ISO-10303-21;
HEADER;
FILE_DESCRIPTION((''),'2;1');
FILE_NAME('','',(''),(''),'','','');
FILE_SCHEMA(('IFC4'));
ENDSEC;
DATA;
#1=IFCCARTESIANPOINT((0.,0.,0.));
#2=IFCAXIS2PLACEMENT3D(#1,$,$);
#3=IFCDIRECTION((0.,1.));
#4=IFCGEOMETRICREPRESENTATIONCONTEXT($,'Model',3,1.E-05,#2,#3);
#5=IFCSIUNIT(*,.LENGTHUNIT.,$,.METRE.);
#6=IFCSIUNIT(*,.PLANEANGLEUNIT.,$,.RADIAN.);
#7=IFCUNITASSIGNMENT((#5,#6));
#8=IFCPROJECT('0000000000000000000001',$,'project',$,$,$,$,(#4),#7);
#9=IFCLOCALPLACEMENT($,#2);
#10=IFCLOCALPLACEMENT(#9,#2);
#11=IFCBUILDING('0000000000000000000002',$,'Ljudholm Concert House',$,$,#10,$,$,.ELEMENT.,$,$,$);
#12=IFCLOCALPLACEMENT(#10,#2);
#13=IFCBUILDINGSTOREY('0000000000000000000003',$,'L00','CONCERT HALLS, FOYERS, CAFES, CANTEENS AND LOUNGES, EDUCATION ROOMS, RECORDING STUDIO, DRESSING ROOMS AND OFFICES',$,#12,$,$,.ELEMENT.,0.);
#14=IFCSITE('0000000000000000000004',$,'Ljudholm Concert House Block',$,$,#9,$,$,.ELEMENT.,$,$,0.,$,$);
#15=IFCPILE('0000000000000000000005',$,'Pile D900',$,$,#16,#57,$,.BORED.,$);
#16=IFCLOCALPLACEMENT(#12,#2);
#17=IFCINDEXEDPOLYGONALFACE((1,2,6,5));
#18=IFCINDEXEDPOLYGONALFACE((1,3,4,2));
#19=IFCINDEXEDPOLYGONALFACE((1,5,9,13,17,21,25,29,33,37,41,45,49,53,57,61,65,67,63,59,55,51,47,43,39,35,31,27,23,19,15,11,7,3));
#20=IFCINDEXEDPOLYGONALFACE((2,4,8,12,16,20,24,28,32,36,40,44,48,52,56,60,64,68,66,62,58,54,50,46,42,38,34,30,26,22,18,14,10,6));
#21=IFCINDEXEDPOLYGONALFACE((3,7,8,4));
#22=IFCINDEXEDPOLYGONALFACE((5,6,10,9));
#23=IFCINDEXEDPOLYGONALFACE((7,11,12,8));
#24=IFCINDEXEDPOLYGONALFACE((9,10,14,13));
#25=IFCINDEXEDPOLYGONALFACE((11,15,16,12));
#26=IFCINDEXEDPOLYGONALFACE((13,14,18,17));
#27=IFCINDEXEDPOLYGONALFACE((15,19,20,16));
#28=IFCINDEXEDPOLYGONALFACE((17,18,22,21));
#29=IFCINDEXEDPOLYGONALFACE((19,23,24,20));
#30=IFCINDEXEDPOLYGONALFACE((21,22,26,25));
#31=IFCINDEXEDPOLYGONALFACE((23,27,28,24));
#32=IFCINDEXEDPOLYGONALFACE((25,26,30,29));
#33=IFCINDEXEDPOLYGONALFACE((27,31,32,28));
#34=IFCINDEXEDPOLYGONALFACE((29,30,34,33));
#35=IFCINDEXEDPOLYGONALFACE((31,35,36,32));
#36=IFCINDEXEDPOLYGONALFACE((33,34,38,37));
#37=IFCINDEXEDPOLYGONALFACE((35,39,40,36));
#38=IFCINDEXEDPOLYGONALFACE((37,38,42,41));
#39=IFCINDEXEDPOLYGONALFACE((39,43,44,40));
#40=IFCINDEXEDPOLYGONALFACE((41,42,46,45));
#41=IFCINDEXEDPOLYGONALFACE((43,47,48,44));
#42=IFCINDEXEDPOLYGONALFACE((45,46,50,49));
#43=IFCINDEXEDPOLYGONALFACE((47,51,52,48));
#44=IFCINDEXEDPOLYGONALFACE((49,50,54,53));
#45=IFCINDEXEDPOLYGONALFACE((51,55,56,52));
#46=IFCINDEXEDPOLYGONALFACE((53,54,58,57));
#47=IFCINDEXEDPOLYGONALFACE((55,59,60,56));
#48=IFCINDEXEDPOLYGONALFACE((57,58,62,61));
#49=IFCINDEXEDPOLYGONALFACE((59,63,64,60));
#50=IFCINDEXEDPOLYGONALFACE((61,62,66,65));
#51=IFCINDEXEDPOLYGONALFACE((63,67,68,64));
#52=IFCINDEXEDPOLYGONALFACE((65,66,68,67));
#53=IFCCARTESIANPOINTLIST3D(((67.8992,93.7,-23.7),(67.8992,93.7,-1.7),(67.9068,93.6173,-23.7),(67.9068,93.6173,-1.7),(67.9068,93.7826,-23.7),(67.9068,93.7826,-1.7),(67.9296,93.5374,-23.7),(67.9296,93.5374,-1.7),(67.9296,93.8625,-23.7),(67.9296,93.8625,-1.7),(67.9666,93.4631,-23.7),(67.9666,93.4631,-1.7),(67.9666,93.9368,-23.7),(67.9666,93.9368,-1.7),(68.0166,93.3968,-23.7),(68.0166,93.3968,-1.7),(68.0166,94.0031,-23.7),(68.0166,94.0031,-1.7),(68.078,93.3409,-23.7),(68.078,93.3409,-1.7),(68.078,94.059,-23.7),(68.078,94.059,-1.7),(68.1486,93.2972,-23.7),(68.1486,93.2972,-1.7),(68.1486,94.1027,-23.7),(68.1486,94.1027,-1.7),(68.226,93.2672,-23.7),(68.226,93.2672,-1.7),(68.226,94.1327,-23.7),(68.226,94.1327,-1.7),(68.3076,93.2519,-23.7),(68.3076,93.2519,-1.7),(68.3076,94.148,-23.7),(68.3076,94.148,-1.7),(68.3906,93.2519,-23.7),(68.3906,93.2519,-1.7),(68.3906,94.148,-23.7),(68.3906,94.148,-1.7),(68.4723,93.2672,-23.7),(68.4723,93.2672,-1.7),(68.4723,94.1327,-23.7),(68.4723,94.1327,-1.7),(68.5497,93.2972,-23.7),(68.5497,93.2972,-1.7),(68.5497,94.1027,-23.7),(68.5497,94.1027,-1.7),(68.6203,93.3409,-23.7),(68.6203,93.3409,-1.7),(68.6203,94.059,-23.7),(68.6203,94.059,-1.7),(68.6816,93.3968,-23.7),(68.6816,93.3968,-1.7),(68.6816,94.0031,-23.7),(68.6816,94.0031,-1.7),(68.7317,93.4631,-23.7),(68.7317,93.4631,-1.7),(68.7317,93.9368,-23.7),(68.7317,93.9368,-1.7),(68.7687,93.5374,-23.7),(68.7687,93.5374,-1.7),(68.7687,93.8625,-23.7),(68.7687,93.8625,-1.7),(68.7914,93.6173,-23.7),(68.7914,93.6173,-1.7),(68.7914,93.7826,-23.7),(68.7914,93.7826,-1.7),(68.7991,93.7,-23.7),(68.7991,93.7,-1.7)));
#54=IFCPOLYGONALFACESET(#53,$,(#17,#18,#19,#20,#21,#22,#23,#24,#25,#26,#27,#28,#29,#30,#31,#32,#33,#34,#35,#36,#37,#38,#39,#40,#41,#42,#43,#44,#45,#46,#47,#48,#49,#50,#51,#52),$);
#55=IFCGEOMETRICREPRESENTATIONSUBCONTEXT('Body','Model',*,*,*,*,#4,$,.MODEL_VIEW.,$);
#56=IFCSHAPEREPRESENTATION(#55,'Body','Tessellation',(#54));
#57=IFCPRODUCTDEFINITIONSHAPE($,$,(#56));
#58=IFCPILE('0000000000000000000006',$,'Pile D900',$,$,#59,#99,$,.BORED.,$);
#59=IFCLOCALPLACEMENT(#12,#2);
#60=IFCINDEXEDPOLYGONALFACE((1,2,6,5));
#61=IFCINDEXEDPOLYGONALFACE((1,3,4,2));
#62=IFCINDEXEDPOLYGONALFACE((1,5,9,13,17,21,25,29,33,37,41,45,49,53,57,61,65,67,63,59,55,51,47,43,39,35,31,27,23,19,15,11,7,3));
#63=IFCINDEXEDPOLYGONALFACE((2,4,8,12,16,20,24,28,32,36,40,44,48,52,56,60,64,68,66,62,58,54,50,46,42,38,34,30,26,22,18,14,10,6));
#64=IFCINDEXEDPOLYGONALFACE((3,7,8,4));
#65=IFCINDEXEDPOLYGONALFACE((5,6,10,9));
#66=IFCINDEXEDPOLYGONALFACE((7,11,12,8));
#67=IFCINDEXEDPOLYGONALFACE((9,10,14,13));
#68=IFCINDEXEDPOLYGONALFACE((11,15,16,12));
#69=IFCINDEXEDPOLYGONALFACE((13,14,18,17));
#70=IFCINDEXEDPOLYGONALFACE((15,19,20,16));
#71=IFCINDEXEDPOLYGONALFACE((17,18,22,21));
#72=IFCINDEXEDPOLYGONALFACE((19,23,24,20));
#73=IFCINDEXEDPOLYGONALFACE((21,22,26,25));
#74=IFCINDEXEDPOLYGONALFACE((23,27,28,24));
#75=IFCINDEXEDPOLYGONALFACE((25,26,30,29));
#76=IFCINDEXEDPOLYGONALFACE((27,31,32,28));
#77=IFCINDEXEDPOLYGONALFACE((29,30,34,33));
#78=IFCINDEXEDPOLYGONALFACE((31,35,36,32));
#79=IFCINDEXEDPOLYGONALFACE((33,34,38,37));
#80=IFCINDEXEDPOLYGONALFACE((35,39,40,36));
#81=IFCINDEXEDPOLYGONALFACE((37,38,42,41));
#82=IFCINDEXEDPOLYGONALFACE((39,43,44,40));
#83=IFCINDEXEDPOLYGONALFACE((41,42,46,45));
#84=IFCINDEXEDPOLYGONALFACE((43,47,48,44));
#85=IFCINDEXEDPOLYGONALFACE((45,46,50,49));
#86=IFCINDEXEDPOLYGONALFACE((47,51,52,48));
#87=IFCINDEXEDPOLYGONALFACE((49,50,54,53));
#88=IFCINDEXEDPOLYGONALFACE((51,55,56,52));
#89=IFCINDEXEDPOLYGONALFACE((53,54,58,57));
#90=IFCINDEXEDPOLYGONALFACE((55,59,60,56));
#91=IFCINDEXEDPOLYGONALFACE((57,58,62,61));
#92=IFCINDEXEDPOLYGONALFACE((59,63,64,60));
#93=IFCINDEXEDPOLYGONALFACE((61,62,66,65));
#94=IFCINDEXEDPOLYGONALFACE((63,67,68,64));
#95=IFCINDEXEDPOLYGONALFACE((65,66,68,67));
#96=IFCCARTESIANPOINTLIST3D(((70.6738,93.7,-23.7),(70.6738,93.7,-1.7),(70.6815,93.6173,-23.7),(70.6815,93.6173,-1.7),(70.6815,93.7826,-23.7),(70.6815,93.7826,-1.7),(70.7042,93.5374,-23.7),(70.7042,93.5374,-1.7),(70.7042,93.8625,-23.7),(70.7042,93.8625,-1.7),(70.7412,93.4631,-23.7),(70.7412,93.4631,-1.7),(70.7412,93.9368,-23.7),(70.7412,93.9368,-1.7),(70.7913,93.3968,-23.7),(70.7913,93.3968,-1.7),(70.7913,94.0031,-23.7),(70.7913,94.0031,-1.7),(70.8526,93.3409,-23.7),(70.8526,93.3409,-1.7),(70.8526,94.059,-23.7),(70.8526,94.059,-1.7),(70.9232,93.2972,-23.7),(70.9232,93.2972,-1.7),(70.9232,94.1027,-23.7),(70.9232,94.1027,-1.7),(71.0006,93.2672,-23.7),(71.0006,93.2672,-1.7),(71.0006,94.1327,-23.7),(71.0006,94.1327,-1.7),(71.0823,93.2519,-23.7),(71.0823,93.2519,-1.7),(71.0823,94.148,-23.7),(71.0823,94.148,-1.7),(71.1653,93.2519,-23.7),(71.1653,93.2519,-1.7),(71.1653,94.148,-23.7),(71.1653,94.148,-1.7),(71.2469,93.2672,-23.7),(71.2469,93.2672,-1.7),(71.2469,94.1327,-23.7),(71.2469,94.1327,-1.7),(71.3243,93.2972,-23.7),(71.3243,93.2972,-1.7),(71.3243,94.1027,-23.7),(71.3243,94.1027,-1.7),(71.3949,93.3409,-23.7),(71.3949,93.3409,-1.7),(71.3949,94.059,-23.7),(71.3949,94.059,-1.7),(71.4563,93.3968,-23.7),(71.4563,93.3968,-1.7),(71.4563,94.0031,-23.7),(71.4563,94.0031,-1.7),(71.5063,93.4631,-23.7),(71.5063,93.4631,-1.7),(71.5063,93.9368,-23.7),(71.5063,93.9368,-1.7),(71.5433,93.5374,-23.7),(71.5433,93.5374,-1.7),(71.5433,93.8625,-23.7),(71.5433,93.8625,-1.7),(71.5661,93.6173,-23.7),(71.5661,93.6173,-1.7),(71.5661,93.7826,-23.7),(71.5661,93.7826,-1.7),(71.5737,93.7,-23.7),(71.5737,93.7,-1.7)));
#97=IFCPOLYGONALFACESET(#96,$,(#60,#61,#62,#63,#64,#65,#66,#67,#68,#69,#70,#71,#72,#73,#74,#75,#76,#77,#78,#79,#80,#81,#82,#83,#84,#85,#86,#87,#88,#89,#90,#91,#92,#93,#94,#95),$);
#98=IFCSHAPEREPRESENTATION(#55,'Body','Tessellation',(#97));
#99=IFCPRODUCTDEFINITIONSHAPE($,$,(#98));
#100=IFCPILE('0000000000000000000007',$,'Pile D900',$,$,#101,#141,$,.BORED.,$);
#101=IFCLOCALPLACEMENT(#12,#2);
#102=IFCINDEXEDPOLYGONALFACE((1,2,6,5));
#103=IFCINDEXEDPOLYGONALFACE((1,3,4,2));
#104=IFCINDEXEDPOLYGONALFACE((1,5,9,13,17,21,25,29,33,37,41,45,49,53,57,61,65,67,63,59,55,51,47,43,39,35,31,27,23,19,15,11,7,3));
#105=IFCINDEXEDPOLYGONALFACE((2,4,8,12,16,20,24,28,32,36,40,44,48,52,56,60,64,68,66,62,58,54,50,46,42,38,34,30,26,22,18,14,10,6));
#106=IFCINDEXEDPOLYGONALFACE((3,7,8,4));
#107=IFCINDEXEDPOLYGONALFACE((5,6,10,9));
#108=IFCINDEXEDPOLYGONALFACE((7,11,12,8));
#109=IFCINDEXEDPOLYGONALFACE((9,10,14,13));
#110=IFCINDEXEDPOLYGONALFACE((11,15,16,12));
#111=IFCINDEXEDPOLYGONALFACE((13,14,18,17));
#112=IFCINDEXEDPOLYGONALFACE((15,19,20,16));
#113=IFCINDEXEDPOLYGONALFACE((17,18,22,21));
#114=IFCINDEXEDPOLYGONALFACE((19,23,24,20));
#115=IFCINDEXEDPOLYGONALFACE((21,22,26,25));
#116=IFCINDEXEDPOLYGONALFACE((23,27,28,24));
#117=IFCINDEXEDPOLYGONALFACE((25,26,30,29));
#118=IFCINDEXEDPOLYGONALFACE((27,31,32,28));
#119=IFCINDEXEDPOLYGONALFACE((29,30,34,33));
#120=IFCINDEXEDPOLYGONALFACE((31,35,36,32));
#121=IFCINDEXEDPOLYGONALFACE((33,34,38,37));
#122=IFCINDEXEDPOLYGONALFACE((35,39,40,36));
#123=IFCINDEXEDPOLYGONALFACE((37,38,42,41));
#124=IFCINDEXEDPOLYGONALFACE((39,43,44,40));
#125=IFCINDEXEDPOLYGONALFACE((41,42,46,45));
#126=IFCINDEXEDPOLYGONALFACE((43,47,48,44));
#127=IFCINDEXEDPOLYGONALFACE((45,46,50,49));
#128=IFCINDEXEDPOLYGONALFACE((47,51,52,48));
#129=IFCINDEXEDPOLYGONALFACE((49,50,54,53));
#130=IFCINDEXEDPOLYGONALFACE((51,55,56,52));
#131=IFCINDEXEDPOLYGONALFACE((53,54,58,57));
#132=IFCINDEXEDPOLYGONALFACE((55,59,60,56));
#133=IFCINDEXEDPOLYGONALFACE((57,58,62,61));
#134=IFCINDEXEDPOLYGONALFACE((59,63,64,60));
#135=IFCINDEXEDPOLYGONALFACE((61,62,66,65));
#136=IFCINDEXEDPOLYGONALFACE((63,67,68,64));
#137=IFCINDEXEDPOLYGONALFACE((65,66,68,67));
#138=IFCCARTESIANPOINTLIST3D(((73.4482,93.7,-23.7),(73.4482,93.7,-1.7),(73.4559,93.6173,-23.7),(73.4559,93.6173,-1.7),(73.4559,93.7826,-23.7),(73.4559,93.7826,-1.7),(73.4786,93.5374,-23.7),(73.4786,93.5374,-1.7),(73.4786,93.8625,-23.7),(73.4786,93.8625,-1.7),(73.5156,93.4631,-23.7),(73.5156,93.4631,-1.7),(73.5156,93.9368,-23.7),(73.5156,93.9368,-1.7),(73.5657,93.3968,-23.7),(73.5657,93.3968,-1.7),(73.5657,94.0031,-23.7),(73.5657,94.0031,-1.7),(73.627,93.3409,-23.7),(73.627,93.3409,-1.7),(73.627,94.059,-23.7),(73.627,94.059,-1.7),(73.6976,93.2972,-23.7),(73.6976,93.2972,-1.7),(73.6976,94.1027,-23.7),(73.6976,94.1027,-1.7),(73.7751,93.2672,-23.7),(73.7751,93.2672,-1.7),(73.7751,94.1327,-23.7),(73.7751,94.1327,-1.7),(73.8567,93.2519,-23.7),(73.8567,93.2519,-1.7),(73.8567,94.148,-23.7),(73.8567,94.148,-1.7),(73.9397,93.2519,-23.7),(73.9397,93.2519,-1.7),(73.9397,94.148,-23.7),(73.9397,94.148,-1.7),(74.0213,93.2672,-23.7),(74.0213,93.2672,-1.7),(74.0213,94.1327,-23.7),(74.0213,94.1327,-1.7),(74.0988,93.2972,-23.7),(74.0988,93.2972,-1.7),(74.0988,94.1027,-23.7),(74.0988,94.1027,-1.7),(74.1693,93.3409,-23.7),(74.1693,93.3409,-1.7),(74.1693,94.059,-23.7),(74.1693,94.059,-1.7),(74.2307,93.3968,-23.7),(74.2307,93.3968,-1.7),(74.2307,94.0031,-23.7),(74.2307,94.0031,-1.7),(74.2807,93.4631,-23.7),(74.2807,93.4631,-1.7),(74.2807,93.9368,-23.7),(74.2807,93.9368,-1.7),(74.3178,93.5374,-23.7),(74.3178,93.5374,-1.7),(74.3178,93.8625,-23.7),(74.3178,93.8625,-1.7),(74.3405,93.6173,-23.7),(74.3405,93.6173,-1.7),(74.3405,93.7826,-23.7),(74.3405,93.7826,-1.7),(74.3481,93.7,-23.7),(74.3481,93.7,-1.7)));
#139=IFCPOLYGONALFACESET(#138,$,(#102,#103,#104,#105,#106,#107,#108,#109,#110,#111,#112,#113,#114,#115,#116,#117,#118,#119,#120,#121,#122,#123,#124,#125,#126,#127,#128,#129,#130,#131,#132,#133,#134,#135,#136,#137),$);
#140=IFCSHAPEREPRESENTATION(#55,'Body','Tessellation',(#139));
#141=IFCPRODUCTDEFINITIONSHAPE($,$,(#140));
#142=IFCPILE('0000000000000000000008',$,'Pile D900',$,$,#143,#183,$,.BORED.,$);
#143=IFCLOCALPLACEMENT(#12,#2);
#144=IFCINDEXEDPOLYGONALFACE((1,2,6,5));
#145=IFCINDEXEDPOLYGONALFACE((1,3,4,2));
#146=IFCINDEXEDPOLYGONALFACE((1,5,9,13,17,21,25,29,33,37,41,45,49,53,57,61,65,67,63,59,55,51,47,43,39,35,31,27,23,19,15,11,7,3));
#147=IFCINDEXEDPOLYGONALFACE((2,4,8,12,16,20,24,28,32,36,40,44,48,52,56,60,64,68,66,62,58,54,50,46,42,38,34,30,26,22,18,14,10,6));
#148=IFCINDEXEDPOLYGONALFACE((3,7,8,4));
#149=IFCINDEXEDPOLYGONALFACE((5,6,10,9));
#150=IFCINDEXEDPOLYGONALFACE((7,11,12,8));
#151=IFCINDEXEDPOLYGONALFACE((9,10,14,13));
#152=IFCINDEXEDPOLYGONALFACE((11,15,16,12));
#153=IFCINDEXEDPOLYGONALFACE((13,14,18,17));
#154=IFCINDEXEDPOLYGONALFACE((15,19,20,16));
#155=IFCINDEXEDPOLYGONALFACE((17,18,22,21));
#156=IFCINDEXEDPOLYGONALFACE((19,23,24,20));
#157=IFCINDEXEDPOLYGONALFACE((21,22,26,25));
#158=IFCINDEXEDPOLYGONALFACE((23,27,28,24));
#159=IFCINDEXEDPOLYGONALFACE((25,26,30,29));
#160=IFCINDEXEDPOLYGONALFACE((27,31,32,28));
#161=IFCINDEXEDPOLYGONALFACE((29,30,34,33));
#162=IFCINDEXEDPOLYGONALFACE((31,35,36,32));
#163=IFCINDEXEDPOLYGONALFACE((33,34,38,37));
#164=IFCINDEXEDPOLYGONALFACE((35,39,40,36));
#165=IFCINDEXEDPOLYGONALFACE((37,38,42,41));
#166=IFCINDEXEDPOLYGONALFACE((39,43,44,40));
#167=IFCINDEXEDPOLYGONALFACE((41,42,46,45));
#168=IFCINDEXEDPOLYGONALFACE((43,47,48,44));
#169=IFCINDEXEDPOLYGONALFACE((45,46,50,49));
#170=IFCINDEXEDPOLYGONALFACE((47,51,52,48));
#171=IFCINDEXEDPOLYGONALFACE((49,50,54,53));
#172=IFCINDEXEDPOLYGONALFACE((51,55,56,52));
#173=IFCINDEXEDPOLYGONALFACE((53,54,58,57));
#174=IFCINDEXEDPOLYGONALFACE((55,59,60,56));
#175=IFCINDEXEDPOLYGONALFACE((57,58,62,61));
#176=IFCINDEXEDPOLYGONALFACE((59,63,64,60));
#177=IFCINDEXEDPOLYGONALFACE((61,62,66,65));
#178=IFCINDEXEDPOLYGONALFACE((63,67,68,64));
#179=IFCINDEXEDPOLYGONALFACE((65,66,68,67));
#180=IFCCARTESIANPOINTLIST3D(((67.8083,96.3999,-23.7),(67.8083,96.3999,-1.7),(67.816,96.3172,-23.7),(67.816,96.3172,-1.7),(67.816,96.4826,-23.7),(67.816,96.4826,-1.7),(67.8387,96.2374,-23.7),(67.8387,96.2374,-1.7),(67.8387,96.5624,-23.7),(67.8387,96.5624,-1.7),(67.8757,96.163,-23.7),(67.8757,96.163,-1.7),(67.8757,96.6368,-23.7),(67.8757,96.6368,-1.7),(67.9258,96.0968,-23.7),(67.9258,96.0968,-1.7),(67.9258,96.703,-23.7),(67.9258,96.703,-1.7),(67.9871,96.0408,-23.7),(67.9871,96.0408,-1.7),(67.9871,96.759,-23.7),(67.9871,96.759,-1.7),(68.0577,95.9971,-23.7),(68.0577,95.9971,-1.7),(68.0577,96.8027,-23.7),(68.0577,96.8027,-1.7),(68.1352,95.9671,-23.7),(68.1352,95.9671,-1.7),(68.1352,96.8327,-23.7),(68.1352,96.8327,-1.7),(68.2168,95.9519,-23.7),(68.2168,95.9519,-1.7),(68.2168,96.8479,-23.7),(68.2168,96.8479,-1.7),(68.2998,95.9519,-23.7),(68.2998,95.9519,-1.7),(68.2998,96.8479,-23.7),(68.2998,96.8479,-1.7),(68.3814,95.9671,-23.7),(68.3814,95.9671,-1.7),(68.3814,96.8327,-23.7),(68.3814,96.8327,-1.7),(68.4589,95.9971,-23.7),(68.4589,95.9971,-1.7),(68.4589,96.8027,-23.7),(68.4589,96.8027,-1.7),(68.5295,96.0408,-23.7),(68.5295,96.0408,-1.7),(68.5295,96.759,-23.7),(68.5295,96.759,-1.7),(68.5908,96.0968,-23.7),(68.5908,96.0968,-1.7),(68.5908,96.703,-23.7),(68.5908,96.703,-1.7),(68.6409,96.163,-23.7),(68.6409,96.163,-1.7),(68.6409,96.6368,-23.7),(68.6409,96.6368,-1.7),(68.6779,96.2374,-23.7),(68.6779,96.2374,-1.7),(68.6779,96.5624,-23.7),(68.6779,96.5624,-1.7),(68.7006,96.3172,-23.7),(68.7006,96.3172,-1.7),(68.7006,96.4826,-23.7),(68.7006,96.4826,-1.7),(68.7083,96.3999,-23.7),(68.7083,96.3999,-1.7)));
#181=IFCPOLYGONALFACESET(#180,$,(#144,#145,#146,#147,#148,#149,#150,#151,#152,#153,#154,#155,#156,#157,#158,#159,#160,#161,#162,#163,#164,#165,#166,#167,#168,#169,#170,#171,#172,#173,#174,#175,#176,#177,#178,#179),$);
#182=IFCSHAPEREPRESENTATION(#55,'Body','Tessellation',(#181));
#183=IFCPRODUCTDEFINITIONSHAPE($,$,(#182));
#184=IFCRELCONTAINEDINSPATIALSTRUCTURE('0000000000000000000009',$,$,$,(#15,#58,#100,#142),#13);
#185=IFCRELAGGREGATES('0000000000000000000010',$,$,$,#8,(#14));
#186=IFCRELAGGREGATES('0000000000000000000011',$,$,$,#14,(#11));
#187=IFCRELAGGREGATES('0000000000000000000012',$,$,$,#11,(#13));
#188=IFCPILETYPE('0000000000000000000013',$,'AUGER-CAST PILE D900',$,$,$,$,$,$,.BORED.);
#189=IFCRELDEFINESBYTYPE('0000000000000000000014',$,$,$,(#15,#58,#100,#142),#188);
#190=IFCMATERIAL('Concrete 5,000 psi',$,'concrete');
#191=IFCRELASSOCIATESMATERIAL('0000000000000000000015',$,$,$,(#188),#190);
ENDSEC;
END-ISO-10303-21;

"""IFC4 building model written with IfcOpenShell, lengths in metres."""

from ifc_helpers import new_model, si_unit, direction, frame, origin, origin_2d, place, context, subcontext, project, spatial, circle, extrude, material, material_profile, profile_set, type_object, element, save


model = new_model("IFC4")

# Units and contexts
model_context = context("Model", 3, precision=1e-05, world=origin(), true_north=direction((0.0, 1.0)))
body_context = subcontext(model_context, "Body", "Model", "MODEL_VIEW")
ifc_project = project(units=[si_unit("LENGTHUNIT", "METRE"), si_unit("PLANEANGLEUNIT", "RADIAN")], contexts=[model_context])

# Site, building, storey
site_placement = place(None, origin())
site = spatial("IfcSite", under=ifc_project, at=site_placement, Name="Ljudholm Concert House Block", CompositionType="ELEMENT", RefElevation=0.0)
building_placement = place(site_placement, origin())
building = spatial("IfcBuilding", under=site, at=building_placement, Name="Ljudholm Concert House", CompositionType="ELEMENT")
storey_placement = place(building_placement, origin())
storey = spatial("IfcBuildingStorey", under=building, at=storey_placement, Name="L00", Description="CONCERT HALLS, FOYERS, CAFES, CANTEENS AND LOUNGES, EDUCATION ROOMS, RECORDING STUDIO, DRESSING ROOMS AND OFFICES", CompositionType="ELEMENT", Elevation=0.0)

# Piles
ifc_material_1 = material(Name="Concrete 5,000 psi", Category="concrete")
ifc_material_profile_1 = material_profile(ifc_material_1, circle(Radius=0.45, at=origin_2d()), Name="AUGER-CAST PILE D900")
ifc_profile_set_1 = profile_set([ifc_material_profile_1], Name="Concrete 5,000 psi")
pile_type_1 = type_object("IfcPileType", Name="AUGER-CAST PILE D900", PredefinedType="BORED", material=ifc_profile_set_1)
for number, where, z_axis, x_axis, name in (
    (1, (68.3491, 93.7, -1.7), (0.0, 0.0, -1.0), (1.0, 0.0, 0.0), "Pile D900"),
    (2, (71.1238, 93.7, -1.7), (0.0, 0.0, -1.0), (1.0, 0.0, 0.0), "Pile D900"),
    (3, (73.8982, 93.7, -1.7), (0.0, 0.0, -1.0), (1.0, 0.0, 0.0), "Pile D900"),
    (4, (68.2583, 96.3999, -1.7), (0.0, 0.0, -1.0), (1.0, 0.0, 0.0), "Pile D900"),
):
    element("IfcPile", number, at=place(storey_placement, frame(where, z_axis=z_axis, x_axis=x_axis)), inside=storey, type_object=pile_type_1, Name=name, PredefinedType="BORED", context=body_context, shape_type="SweptSolid", body=[
        extrude(circle(Radius=0.45, at=origin_2d()), origin(), (0.0, 0.0, 1.0), 22.0),
    ])

save(model, "model.ifc")
